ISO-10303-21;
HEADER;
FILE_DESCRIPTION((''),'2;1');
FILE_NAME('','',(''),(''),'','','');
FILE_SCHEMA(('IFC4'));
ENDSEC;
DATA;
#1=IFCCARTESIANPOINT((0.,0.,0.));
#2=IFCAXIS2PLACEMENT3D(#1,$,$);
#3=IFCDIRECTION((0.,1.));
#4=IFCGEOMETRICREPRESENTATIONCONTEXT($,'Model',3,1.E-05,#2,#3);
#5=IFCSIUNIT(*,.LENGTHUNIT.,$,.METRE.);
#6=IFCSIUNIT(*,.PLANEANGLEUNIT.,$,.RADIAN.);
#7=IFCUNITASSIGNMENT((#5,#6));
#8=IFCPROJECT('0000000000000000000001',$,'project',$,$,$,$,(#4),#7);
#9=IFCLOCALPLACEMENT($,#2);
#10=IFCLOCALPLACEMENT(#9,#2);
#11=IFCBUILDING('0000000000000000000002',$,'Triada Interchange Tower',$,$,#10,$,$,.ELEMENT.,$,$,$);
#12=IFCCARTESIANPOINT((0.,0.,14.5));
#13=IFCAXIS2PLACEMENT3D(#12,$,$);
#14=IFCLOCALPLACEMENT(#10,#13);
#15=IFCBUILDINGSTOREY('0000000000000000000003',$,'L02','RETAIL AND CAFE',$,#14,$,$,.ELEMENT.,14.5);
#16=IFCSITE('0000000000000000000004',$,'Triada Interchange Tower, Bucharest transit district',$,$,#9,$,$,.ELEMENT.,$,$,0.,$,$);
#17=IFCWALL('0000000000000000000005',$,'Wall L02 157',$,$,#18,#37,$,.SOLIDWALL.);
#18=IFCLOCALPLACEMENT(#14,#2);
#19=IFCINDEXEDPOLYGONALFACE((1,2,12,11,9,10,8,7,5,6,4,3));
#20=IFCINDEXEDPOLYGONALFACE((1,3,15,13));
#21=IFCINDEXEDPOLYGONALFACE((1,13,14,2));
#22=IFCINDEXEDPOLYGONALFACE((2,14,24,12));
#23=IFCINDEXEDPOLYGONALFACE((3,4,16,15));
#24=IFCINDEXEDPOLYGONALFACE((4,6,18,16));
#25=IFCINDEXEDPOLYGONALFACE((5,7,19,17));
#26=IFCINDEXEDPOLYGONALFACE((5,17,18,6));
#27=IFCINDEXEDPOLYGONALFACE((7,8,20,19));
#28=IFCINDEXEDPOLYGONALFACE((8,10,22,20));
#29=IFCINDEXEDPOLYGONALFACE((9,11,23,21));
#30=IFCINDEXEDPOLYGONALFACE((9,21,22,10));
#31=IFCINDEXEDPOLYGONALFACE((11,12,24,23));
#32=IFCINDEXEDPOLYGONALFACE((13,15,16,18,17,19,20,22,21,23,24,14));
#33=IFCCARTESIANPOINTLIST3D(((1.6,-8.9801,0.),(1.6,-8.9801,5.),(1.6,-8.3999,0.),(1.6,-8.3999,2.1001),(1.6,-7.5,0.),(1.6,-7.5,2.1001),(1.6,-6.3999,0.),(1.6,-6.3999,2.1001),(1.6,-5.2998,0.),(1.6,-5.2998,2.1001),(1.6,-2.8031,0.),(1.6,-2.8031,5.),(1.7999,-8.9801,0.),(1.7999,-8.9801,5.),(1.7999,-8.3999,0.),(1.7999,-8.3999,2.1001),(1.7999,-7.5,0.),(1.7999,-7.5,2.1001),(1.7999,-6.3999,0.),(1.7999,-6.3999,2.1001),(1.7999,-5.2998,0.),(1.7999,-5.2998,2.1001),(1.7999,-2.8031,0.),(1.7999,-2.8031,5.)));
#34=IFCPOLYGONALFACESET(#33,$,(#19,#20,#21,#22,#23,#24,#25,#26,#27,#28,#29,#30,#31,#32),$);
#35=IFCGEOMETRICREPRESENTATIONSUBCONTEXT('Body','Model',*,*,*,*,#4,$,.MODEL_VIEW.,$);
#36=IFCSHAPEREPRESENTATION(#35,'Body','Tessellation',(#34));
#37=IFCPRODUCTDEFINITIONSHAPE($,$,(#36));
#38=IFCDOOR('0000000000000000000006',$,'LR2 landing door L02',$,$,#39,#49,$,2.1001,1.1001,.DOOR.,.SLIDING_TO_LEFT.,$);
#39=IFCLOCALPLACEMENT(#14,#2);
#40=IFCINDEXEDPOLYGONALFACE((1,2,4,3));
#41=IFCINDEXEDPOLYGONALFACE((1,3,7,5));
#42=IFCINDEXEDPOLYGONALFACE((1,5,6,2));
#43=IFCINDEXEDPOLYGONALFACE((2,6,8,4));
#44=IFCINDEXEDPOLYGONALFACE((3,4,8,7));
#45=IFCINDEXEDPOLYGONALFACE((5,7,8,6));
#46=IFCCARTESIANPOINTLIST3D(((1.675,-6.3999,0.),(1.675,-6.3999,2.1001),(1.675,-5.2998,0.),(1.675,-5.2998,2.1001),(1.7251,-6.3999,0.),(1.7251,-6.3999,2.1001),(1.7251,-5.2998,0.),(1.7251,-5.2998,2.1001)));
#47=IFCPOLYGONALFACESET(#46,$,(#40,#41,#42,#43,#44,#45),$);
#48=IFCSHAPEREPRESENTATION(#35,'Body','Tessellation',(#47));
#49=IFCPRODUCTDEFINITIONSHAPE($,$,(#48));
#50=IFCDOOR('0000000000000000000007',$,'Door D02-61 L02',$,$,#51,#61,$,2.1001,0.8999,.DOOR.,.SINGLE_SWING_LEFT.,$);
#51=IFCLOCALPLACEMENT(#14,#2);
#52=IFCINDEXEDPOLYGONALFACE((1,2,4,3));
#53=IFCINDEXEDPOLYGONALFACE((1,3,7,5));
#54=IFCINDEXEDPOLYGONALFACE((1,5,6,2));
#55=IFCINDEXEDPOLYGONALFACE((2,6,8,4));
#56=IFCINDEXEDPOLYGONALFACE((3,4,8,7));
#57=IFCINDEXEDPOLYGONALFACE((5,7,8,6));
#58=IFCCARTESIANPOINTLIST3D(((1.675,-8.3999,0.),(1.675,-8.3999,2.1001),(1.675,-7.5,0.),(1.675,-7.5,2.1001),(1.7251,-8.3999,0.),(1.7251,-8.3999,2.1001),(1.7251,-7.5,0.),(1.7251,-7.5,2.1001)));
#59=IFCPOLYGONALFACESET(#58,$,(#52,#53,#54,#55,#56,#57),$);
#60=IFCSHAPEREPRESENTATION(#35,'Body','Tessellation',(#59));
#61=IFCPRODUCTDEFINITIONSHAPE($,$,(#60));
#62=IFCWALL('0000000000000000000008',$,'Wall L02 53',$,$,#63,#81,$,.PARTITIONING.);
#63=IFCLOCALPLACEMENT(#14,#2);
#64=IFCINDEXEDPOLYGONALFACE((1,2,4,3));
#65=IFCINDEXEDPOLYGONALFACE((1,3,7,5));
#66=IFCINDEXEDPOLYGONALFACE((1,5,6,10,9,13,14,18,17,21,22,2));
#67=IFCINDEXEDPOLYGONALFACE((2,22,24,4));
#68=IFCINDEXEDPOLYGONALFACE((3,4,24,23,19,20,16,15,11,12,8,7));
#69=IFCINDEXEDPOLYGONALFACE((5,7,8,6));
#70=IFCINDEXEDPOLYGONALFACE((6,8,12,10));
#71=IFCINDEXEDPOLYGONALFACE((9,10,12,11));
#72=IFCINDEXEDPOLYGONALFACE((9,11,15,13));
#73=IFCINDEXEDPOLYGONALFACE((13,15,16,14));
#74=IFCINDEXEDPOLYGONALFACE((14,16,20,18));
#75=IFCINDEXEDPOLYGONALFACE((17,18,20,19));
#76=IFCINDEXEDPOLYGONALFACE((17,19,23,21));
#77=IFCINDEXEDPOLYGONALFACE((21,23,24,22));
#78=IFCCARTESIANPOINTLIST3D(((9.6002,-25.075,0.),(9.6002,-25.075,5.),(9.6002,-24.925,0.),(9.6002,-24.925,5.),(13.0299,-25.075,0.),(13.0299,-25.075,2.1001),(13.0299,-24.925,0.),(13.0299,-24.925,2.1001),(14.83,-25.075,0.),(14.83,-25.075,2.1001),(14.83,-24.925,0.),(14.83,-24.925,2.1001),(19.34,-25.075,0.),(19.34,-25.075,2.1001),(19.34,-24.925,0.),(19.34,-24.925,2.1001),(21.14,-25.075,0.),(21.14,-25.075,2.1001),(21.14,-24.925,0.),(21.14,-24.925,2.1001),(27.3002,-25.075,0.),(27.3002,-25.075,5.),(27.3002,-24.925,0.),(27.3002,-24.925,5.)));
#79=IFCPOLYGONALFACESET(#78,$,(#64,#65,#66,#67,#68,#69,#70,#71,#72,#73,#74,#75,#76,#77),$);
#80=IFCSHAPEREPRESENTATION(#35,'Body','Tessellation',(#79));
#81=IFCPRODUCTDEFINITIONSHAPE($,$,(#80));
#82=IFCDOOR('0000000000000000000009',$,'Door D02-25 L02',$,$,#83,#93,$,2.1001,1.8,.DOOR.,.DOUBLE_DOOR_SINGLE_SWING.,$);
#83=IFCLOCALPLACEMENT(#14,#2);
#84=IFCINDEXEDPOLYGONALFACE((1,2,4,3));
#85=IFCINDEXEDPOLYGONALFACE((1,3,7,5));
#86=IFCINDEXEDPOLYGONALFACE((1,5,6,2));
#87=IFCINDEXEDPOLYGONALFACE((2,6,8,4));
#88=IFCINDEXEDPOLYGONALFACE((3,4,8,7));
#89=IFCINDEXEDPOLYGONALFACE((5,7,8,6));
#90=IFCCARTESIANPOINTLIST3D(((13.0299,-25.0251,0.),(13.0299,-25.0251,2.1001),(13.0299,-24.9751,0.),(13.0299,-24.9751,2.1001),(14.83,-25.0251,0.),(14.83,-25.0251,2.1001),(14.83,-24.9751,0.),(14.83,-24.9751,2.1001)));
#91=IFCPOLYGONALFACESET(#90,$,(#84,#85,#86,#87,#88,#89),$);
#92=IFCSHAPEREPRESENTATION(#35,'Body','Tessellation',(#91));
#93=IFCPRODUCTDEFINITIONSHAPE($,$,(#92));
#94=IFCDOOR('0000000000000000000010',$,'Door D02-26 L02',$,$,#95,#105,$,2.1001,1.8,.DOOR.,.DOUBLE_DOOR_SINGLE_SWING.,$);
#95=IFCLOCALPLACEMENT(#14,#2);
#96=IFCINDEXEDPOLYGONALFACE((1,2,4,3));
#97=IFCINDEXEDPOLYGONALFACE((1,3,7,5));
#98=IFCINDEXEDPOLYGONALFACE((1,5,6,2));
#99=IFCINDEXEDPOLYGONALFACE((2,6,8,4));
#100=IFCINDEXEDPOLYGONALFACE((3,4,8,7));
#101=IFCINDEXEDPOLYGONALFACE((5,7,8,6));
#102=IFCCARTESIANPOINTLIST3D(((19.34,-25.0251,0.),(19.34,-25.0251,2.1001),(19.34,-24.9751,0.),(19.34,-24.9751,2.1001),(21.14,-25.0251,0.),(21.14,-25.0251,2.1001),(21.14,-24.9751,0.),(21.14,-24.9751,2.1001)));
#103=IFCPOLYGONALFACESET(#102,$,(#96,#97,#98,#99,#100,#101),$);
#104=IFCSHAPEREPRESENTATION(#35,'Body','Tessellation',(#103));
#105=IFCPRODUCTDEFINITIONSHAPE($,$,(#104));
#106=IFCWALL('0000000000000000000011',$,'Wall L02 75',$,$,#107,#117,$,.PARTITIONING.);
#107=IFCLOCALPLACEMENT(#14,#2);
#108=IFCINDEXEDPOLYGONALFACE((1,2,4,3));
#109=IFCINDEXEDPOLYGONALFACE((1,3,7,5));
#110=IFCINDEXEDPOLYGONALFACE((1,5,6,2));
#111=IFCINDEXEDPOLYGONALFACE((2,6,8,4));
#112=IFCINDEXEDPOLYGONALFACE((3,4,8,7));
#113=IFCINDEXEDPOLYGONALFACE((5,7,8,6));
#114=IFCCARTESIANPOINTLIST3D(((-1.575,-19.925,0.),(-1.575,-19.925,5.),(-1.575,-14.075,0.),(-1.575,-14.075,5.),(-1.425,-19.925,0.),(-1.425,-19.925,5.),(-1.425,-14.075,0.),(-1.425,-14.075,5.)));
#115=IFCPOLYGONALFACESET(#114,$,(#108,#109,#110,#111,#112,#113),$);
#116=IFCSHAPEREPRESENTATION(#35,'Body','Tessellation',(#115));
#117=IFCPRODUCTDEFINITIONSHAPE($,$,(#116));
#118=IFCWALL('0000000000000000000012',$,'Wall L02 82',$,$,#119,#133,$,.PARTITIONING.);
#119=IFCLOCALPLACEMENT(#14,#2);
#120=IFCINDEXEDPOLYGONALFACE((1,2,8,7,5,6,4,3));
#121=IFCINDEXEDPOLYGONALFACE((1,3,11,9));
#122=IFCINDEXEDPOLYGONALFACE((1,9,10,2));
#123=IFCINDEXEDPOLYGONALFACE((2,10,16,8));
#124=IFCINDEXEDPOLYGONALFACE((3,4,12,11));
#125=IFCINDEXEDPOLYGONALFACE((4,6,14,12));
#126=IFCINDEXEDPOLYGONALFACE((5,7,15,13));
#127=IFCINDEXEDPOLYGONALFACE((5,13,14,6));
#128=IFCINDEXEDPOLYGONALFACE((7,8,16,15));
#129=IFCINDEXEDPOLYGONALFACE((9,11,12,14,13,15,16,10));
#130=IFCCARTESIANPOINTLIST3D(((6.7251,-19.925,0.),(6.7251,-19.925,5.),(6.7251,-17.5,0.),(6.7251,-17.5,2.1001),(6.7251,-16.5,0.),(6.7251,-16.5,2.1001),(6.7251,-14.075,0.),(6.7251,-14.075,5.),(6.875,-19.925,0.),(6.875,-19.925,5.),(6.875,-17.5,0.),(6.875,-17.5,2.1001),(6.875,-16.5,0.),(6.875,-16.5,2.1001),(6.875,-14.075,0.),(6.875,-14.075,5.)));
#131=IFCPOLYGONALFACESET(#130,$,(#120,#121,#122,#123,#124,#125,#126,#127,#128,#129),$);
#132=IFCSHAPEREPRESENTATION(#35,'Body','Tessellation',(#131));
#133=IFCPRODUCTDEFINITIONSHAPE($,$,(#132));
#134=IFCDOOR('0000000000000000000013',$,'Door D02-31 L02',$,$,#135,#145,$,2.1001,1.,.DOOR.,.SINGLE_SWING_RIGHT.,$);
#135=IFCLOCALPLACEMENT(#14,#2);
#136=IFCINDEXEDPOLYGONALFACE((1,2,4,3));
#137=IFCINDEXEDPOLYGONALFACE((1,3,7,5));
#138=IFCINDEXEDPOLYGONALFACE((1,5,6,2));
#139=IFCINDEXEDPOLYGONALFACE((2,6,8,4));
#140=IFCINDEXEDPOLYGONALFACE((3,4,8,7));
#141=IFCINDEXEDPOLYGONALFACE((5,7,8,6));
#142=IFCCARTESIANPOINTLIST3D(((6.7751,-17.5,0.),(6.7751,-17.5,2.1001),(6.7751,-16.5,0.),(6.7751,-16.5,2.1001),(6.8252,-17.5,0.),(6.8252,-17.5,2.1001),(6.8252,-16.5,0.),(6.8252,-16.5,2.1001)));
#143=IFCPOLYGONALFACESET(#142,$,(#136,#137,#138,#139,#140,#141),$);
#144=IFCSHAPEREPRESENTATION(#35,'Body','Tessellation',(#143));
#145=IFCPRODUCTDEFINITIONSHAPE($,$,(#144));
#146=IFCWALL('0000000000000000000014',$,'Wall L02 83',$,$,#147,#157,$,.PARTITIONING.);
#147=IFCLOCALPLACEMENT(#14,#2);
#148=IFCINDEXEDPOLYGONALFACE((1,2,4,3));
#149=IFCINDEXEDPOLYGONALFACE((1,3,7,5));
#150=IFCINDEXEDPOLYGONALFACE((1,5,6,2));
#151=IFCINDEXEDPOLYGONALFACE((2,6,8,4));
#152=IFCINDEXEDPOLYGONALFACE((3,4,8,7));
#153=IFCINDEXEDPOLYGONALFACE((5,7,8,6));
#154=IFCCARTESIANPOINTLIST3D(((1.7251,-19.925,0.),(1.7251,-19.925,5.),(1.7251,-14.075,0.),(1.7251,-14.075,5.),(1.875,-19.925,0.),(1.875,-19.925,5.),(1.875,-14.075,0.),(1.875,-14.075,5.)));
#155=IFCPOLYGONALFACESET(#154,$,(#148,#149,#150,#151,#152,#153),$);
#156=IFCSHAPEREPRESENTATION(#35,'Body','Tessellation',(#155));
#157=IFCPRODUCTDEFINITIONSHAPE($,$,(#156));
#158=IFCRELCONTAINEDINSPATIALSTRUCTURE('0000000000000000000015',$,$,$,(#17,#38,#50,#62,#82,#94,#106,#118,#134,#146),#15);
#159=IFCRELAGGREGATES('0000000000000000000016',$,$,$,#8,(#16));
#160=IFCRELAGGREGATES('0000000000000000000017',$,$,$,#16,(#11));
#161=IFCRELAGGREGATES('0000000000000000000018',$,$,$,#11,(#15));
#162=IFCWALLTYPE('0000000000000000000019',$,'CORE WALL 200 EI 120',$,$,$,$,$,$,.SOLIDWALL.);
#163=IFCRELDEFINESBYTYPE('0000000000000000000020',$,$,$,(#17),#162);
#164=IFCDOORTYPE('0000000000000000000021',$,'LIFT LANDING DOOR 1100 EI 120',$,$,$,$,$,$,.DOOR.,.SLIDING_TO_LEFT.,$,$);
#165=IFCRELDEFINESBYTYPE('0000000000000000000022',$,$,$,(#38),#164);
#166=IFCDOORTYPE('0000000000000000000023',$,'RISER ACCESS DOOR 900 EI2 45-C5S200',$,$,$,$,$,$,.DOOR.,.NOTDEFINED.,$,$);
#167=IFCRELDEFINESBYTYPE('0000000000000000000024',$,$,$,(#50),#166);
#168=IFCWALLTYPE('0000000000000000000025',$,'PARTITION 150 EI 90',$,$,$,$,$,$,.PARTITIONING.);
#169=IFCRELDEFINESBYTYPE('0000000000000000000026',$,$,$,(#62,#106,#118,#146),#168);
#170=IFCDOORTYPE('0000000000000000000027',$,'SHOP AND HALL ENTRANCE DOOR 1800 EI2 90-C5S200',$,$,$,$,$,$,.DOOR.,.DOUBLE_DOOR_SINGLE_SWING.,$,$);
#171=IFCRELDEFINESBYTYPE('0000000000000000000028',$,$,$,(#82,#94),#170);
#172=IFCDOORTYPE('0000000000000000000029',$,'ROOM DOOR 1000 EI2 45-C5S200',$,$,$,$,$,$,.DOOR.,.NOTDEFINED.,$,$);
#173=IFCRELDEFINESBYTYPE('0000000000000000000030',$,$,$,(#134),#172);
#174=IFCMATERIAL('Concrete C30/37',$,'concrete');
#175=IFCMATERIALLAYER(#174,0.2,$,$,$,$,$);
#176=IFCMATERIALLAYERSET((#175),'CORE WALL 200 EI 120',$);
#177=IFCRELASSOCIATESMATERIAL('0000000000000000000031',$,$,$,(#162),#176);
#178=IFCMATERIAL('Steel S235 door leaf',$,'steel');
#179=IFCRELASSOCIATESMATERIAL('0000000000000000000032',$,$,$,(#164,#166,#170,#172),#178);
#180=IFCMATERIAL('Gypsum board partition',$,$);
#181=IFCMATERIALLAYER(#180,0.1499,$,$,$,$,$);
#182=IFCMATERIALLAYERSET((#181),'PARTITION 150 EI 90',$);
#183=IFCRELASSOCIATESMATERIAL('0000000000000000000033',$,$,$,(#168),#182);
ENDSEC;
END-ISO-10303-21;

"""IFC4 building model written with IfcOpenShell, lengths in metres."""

from ifc_helpers import new_model, si_unit, direction, frame, frame_2d, origin, place, context, subcontext, project, spatial, rectangle, extrude, material, layer, layer_set, type_object, element, fill, save


model = new_model("IFC4")

# Units and contexts
model_context = context("Model", 3, precision=1e-05, world=origin(), true_north=direction((0.0, 1.0)))
body_context = subcontext(model_context, "Body", "Model", "MODEL_VIEW")
ifc_project = project(units=[si_unit("LENGTHUNIT", "METRE"), si_unit("PLANEANGLEUNIT", "RADIAN")], contexts=[model_context])

# Site, building, storey
site_placement = place(None, origin())
site = spatial("IfcSite", under=ifc_project, at=site_placement, Name="Triada Interchange Tower, Bucharest transit district", CompositionType="ELEMENT", RefElevation=0.0)
building_placement = place(site_placement, origin())
building = spatial("IfcBuilding", under=site, at=building_placement, Name="Triada Interchange Tower", CompositionType="ELEMENT")
storey_placement = place(building_placement, frame((0.0, 0.0, 14.5)))
storey = spatial("IfcBuildingStorey", under=building, at=storey_placement, Name="L02", Description="RETAIL AND CAFE", CompositionType="ELEMENT", Elevation=14.5)

# Walls, openings, doors
ifc_material_1 = material(Name="Concrete C30/37", Category="concrete")
ifc_layer_1 = layer(ifc_material_1, 0.2)
ifc_layer_set_1 = layer_set([ifc_layer_1], Name="CORE WALL 200 EI 120")
wall_type_1 = type_object("IfcWallType", Name="CORE WALL 200 EI 120", PredefinedType="SOLIDWALL", material=ifc_layer_set_1)
ifc_material_2 = material(Name="Steel S235 door leaf", Category="steel")
door_type_1 = type_object("IfcDoorType", Name="LIFT LANDING DOOR 1100 EI 120", OperationType="SLIDING_TO_LEFT", PredefinedType="DOOR", material=ifc_material_2)
wall_1_placement = place(storey_placement, frame((1.7, -8.98, 0.0), z_axis=(0.0, 0.0, 1.0), x_axis=(0.0, 1.0, 0.0)))
wall_1 = element("IfcWall", 1, at=wall_1_placement, inside=storey, type_object=wall_type_1, Name="Wall L02 157", PredefinedType="SOLIDWALL", context=body_context, shape_type="SweptSolid", body=[
    extrude(rectangle(XDim=6.177, YDim=0.2, at=frame_2d((3.0884, 0.0))), origin(), (0.0, 0.0, 1.0), 5.0),
])
opening_1_placement = place(wall_1_placement, frame((2.5801, 0.0, 0.0)))
opening_1 = element("IfcOpeningElement", 2, at=opening_1_placement, cuts=wall_1, PredefinedType="OPENING", context=body_context, shape_type="SweptSolid", body=[
    extrude(rectangle(XDim=1.1001, YDim=2.1001, at=frame_2d((0.55, 1.05))), frame((0.0, 0.1099, 0.0), z_axis=(0.0, -1.0, 0.0), x_axis=(1.0, 0.0, 0.0)), (0.0, 0.0, 1.0), 0.22),
])
opening_2_placement = place(wall_1_placement, frame((0.5801, 0.0, 0.0)))
opening_2 = element("IfcOpeningElement", 3, at=opening_2_placement, cuts=wall_1, PredefinedType="OPENING", context=body_context, shape_type="SweptSolid", body=[
    extrude(rectangle(XDim=0.8999, YDim=2.1001, at=frame_2d((0.45, 1.05))), frame((0.0, 0.1099, 0.0), z_axis=(0.0, -1.0, 0.0), x_axis=(1.0, 0.0, 0.0)), (0.0, 0.0, 1.0), 0.22),
])
door_1_placement = place(opening_1_placement, origin())
door_1 = element("IfcDoor", 4, at=door_1_placement, inside=storey, type_object=door_type_1, Name="LR2 landing door L02", OperationType="SLIDING_TO_LEFT", OverallHeight=2.1001, OverallWidth=1.1001, PredefinedType="DOOR", context=body_context, shape_type="SweptSolid", body=[
    extrude(rectangle(XDim=1.1001, YDim=2.1001, at=frame_2d((0.55, 1.05))), frame((0.0, 0.0249, 0.0), z_axis=(0.0, -1.0, 0.0), x_axis=(1.0, 0.0, 0.0)), (0.0, 0.0, 1.0), 0.05),
])
fill(opening_1, door_1)
door_type_2 = type_object("IfcDoorType", Name="RISER ACCESS DOOR 900 EI2 45-C5S200", OperationType="NOTDEFINED", PredefinedType="DOOR", material=ifc_material_2)
door_2_placement = place(opening_2_placement, origin())
door_2 = element("IfcDoor", 5, at=door_2_placement, inside=storey, type_object=door_type_2, Name="Door D02-61 L02", OperationType="SINGLE_SWING_LEFT", OverallHeight=2.1001, OverallWidth=0.8999, PredefinedType="DOOR", context=body_context, shape_type="SweptSolid", body=[
    extrude(rectangle(XDim=0.8999, YDim=2.1001, at=frame_2d((0.45, 1.05))), frame((0.0, 0.0249, 0.0), z_axis=(0.0, -1.0, 0.0), x_axis=(1.0, 0.0, 0.0)), (0.0, 0.0, 1.0), 0.05),
])
fill(opening_2, door_2)
ifc_material_3 = material(Name="Gypsum board partition")
ifc_layer_2 = layer(ifc_material_3, 0.1499)
ifc_layer_set_2 = layer_set([ifc_layer_2], Name="PARTITION 150 EI 90")
wall_type_2 = type_object("IfcWallType", Name="PARTITION 150 EI 90", PredefinedType="PARTITIONING", material=ifc_layer_set_2)
wall_2_placement = place(storey_placement, frame((9.6001, -25.0, 0.0), z_axis=(0.0, 0.0, 1.0), x_axis=(1.0, 0.0, 0.0)))
wall_2 = element("IfcWall", 6, at=wall_2_placement, inside=storey, type_object=wall_type_2, Name="Wall L02 53", PredefinedType="PARTITIONING", context=body_context, shape_type="SweptSolid", body=[
    extrude(rectangle(XDim=17.7, YDim=0.1499, at=frame_2d((8.8501, 0.0))), origin(), (0.0, 0.0, 1.0), 5.0),
])
opening_3_placement = place(wall_2_placement, frame((3.4299, 0.0, 0.0)))
opening_3 = element("IfcOpeningElement", 7, at=opening_3_placement, cuts=wall_2, PredefinedType="OPENING", context=body_context, shape_type="SweptSolid", body=[
    extrude(rectangle(XDim=1.8, YDim=2.1001, at=frame_2d((0.8999, 1.05))), frame((0.0, 0.085, 0.0), z_axis=(0.0, -1.0, 0.0), x_axis=(1.0, 0.0, 0.0)), (0.0, 0.0, 1.0), 0.1699),
])
opening_4_placement = place(wall_2_placement, frame((9.74, 0.0, 0.0)))
opening_4 = element("IfcOpeningElement", 8, at=opening_4_placement, cuts=wall_2, PredefinedType="OPENING", context=body_context, shape_type="SweptSolid", body=[
    extrude(rectangle(XDim=1.8, YDim=2.1001, at=frame_2d((0.8999, 1.05))), frame((0.0, 0.085, 0.0), z_axis=(0.0, -1.0, 0.0), x_axis=(1.0, 0.0, 0.0)), (0.0, 0.0, 1.0), 0.1699),
])
door_type_3 = type_object("IfcDoorType", Name="SHOP AND HALL ENTRANCE DOOR 1800 EI2 90-C5S200", OperationType="DOUBLE_DOOR_SINGLE_SWING", PredefinedType="DOOR", material=ifc_material_2)
door_3_placement = place(opening_3_placement, origin())
door_3 = element("IfcDoor", 9, at=door_3_placement, inside=storey, type_object=door_type_3, Name="Door D02-25 L02", OperationType="DOUBLE_DOOR_SINGLE_SWING", OverallHeight=2.1001, OverallWidth=1.8, PredefinedType="DOOR", context=body_context, shape_type="SweptSolid", body=[
    extrude(rectangle(XDim=1.8, YDim=2.1001, at=frame_2d((0.8999, 1.05))), frame((0.0, 0.0249, 0.0), z_axis=(0.0, -1.0, 0.0), x_axis=(1.0, 0.0, 0.0)), (0.0, 0.0, 1.0), 0.05),
])
fill(opening_3, door_3)
door_4_placement = place(opening_4_placement, origin())
door_4 = element("IfcDoor", 10, at=door_4_placement, inside=storey, type_object=door_type_3, Name="Door D02-26 L02", OperationType="DOUBLE_DOOR_SINGLE_SWING", OverallHeight=2.1001, OverallWidth=1.8, PredefinedType="DOOR", context=body_context, shape_type="SweptSolid", body=[
    extrude(rectangle(XDim=1.8, YDim=2.1001, at=frame_2d((0.8999, 1.05))), frame((0.0, 0.0249, 0.0), z_axis=(0.0, -1.0, 0.0), x_axis=(1.0, 0.0, 0.0)), (0.0, 0.0, 1.0), 0.05),
])
fill(opening_4, door_4)

# Wall
wall_3_placement = place(storey_placement, frame((-1.5, -19.925, 0.0), z_axis=(0.0, 0.0, 1.0), x_axis=(0.0, 1.0, 0.0)))
element("IfcWall", 11, at=wall_3_placement, inside=storey, type_object=wall_type_2, Name="Wall L02 75", PredefinedType="PARTITIONING", context=body_context, shape_type="SweptSolid", body=[
    extrude(rectangle(XDim=5.8501, YDim=0.1499, at=frame_2d((2.925, 0.0))), origin(), (0.0, 0.0, 1.0), 5.0),
])

# Wall, opening, door
wall_4_placement = place(storey_placement, frame((6.8, -19.925, 0.0), z_axis=(0.0, 0.0, 1.0), x_axis=(0.0, 1.0, 0.0)))
wall_4 = element("IfcWall", 12, at=wall_4_placement, inside=storey, type_object=wall_type_2, Name="Wall L02 82", PredefinedType="PARTITIONING", context=body_context, shape_type="SweptSolid", body=[
    extrude(rectangle(XDim=5.8501, YDim=0.1499, at=frame_2d((2.925, 0.0))), origin(), (0.0, 0.0, 1.0), 5.0),
])
opening_5_placement = place(wall_4_placement, frame((2.425, 0.0, 0.0)))
opening_5 = element("IfcOpeningElement", 13, at=opening_5_placement, cuts=wall_4, PredefinedType="OPENING", context=body_context, shape_type="SweptSolid", body=[
    extrude(rectangle(XDim=1.0, YDim=2.1001, at=frame_2d((0.5, 1.05))), frame((0.0, 0.085, 0.0), z_axis=(0.0, -1.0, 0.0), x_axis=(1.0, 0.0, 0.0)), (0.0, 0.0, 1.0), 0.1699),
])
door_type_4 = type_object("IfcDoorType", Name="ROOM DOOR 1000 EI2 45-C5S200", OperationType="NOTDEFINED", PredefinedType="DOOR", material=ifc_material_2)
door_5_placement = place(opening_5_placement, origin())
door_5 = element("IfcDoor", 14, at=door_5_placement, inside=storey, type_object=door_type_4, Name="Door D02-31 L02", OperationType="SINGLE_SWING_RIGHT", OverallHeight=2.1001, OverallWidth=1.0, PredefinedType="DOOR", context=body_context, shape_type="SweptSolid", body=[
    extrude(rectangle(XDim=1.0, YDim=2.1001, at=frame_2d((0.5, 1.05))), frame((0.0, 0.0249, 0.0), z_axis=(0.0, -1.0, 0.0), x_axis=(1.0, 0.0, 0.0)), (0.0, 0.0, 1.0), 0.05),
])
fill(opening_5, door_5)

# Wall
wall_5_placement = place(storey_placement, frame((1.8, -19.925, 0.0), z_axis=(0.0, 0.0, 1.0), x_axis=(0.0, 1.0, 0.0)))
element("IfcWall", 15, at=wall_5_placement, inside=storey, type_object=wall_type_2, Name="Wall L02 83", PredefinedType="PARTITIONING", context=body_context, shape_type="SweptSolid", body=[
    extrude(rectangle(XDim=5.8501, YDim=0.1499, at=frame_2d((2.925, 0.0))), origin(), (0.0, 0.0, 1.0), 5.0),
])

save(model, "model.ifc")
